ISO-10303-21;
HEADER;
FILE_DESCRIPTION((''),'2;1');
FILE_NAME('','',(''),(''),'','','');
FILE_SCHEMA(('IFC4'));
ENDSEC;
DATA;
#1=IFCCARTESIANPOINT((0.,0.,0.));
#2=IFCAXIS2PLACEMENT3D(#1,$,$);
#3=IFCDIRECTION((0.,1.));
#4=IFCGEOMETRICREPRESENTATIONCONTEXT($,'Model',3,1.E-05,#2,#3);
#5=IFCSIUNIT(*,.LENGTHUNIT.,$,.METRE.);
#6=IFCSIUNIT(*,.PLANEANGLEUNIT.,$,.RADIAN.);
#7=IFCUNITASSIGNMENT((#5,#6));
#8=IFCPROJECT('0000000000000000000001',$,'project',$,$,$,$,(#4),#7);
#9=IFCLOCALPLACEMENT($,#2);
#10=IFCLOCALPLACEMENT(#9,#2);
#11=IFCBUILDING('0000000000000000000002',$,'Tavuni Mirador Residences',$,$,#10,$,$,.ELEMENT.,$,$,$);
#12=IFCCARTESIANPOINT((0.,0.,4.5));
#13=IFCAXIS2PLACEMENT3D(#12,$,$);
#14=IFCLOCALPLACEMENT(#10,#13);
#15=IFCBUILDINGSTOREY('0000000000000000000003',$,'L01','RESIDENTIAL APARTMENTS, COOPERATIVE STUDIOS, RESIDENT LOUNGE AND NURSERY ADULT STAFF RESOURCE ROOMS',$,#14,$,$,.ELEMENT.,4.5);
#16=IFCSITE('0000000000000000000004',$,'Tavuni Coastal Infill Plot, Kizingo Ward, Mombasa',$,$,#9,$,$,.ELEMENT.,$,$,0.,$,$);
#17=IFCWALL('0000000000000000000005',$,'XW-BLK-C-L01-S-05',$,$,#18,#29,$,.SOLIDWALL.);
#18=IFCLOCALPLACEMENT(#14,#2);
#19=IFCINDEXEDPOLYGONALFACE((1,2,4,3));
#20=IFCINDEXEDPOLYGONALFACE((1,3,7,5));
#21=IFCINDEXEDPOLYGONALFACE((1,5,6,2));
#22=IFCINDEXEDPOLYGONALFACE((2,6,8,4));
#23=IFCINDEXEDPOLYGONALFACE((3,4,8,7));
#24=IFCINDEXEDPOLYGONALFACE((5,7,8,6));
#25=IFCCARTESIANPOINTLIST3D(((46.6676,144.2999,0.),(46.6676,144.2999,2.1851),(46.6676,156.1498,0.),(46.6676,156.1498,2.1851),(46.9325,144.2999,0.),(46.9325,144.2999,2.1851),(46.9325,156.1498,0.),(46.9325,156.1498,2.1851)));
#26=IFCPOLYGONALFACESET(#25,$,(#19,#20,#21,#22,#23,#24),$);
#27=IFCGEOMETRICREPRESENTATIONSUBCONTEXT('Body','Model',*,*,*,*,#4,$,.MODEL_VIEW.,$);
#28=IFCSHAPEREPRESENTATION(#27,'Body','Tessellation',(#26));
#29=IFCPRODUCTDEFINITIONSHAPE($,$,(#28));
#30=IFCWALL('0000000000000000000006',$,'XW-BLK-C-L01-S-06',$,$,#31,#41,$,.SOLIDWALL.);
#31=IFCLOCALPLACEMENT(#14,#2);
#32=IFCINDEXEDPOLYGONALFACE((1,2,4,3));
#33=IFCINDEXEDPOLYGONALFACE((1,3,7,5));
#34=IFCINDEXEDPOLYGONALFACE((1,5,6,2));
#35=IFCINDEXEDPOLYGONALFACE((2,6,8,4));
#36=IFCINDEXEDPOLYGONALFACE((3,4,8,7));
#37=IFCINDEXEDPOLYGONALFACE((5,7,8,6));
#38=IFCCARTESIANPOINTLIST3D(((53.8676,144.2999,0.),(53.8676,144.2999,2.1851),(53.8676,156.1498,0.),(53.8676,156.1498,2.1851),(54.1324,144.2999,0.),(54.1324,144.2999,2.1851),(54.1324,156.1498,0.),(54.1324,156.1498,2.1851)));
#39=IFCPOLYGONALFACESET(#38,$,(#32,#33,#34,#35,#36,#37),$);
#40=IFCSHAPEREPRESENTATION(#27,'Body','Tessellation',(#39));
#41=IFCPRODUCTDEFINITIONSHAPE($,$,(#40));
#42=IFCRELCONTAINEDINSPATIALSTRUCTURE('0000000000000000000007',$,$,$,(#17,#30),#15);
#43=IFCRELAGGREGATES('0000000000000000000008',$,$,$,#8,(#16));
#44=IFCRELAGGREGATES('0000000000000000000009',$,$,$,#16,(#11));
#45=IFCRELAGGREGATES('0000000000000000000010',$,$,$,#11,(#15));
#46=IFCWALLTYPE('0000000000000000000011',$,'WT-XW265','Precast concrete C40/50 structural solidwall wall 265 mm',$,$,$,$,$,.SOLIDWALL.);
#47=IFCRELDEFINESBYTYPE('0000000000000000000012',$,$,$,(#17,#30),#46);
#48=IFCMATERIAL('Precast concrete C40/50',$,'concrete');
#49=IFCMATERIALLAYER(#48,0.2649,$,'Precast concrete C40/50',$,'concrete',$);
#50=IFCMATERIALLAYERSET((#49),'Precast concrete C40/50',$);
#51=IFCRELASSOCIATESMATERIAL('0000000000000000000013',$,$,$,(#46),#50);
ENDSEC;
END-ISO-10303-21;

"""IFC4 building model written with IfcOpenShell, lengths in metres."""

from ifc_helpers import new_model, si_unit, direction, frame, frame_2d, origin, place, context, subcontext, project, spatial, rectangle, extrude, material, layer, layer_set, type_object, element, save


model = new_model("IFC4")

# Units and contexts
model_context = context("Model", 3, precision=1e-05, world=origin(), true_north=direction((0.0, 1.0)))
body_context = subcontext(model_context, "Body", "Model", "MODEL_VIEW")
ifc_project = project(units=[si_unit("LENGTHUNIT", "METRE"), si_unit("PLANEANGLEUNIT", "RADIAN")], contexts=[model_context])

# Site, building, storey
site_placement = place(None, origin())
site = spatial("IfcSite", under=ifc_project, at=site_placement, Name="Tavuni Coastal Infill Plot, Kizingo Ward, Mombasa", CompositionType="ELEMENT", RefElevation=0.0)
building_placement = place(site_placement, origin())
building = spatial("IfcBuilding", under=site, at=building_placement, Name="Tavuni Mirador Residences", CompositionType="ELEMENT")
storey_placement = place(building_placement, frame((0.0, 0.0, 4.5)))
storey = spatial("IfcBuildingStorey", under=building, at=storey_placement, Name="L01", Description="RESIDENTIAL APARTMENTS, COOPERATIVE STUDIOS, RESIDENT LOUNGE AND NURSERY ADULT STAFF RESOURCE ROOMS", CompositionType="ELEMENT", Elevation=4.5)

# Shared definitions
ifc_material_1 = material(Name="Precast concrete C40/50", Category="concrete")

# Walls
ifc_layer_1 = layer(ifc_material_1, 0.2649, Name="Precast concrete C40/50", Category="concrete")
ifc_layer_set_1 = layer_set([ifc_layer_1], Name="Precast concrete C40/50")
wall_type_1 = type_object("IfcWallType", Name="WT-XW265", Description="Precast concrete C40/50 structural solidwall wall 265 mm", PredefinedType="SOLIDWALL", material=ifc_layer_set_1)
for number, where, z_axis, x_axis, name in (
    (1, (46.8, 144.3, 0.0), (0.0, 0.0, 1.0), (0.0, 1.0, 0.0), "XW-BLK-C-L01-S-05"),
    (2, (54.0, 144.3, 0.0), (0.0, 0.0, 1.0), (0.0, 1.0, 0.0), "XW-BLK-C-L01-S-06"),
):
    element("IfcWall", number, at=place(storey_placement, frame(where, z_axis=z_axis, x_axis=x_axis)), inside=storey, type_object=wall_type_1, Name=name, PredefinedType="SOLIDWALL", context=body_context, shape_type="SweptSolid", body=[
        extrude(rectangle(XDim=11.8499, YDim=0.2649, at=frame_2d((5.9248, 0.0))), origin(), (0.0, 0.0, 1.0), 2.1851),
    ])

save(model, "model.ifc")
